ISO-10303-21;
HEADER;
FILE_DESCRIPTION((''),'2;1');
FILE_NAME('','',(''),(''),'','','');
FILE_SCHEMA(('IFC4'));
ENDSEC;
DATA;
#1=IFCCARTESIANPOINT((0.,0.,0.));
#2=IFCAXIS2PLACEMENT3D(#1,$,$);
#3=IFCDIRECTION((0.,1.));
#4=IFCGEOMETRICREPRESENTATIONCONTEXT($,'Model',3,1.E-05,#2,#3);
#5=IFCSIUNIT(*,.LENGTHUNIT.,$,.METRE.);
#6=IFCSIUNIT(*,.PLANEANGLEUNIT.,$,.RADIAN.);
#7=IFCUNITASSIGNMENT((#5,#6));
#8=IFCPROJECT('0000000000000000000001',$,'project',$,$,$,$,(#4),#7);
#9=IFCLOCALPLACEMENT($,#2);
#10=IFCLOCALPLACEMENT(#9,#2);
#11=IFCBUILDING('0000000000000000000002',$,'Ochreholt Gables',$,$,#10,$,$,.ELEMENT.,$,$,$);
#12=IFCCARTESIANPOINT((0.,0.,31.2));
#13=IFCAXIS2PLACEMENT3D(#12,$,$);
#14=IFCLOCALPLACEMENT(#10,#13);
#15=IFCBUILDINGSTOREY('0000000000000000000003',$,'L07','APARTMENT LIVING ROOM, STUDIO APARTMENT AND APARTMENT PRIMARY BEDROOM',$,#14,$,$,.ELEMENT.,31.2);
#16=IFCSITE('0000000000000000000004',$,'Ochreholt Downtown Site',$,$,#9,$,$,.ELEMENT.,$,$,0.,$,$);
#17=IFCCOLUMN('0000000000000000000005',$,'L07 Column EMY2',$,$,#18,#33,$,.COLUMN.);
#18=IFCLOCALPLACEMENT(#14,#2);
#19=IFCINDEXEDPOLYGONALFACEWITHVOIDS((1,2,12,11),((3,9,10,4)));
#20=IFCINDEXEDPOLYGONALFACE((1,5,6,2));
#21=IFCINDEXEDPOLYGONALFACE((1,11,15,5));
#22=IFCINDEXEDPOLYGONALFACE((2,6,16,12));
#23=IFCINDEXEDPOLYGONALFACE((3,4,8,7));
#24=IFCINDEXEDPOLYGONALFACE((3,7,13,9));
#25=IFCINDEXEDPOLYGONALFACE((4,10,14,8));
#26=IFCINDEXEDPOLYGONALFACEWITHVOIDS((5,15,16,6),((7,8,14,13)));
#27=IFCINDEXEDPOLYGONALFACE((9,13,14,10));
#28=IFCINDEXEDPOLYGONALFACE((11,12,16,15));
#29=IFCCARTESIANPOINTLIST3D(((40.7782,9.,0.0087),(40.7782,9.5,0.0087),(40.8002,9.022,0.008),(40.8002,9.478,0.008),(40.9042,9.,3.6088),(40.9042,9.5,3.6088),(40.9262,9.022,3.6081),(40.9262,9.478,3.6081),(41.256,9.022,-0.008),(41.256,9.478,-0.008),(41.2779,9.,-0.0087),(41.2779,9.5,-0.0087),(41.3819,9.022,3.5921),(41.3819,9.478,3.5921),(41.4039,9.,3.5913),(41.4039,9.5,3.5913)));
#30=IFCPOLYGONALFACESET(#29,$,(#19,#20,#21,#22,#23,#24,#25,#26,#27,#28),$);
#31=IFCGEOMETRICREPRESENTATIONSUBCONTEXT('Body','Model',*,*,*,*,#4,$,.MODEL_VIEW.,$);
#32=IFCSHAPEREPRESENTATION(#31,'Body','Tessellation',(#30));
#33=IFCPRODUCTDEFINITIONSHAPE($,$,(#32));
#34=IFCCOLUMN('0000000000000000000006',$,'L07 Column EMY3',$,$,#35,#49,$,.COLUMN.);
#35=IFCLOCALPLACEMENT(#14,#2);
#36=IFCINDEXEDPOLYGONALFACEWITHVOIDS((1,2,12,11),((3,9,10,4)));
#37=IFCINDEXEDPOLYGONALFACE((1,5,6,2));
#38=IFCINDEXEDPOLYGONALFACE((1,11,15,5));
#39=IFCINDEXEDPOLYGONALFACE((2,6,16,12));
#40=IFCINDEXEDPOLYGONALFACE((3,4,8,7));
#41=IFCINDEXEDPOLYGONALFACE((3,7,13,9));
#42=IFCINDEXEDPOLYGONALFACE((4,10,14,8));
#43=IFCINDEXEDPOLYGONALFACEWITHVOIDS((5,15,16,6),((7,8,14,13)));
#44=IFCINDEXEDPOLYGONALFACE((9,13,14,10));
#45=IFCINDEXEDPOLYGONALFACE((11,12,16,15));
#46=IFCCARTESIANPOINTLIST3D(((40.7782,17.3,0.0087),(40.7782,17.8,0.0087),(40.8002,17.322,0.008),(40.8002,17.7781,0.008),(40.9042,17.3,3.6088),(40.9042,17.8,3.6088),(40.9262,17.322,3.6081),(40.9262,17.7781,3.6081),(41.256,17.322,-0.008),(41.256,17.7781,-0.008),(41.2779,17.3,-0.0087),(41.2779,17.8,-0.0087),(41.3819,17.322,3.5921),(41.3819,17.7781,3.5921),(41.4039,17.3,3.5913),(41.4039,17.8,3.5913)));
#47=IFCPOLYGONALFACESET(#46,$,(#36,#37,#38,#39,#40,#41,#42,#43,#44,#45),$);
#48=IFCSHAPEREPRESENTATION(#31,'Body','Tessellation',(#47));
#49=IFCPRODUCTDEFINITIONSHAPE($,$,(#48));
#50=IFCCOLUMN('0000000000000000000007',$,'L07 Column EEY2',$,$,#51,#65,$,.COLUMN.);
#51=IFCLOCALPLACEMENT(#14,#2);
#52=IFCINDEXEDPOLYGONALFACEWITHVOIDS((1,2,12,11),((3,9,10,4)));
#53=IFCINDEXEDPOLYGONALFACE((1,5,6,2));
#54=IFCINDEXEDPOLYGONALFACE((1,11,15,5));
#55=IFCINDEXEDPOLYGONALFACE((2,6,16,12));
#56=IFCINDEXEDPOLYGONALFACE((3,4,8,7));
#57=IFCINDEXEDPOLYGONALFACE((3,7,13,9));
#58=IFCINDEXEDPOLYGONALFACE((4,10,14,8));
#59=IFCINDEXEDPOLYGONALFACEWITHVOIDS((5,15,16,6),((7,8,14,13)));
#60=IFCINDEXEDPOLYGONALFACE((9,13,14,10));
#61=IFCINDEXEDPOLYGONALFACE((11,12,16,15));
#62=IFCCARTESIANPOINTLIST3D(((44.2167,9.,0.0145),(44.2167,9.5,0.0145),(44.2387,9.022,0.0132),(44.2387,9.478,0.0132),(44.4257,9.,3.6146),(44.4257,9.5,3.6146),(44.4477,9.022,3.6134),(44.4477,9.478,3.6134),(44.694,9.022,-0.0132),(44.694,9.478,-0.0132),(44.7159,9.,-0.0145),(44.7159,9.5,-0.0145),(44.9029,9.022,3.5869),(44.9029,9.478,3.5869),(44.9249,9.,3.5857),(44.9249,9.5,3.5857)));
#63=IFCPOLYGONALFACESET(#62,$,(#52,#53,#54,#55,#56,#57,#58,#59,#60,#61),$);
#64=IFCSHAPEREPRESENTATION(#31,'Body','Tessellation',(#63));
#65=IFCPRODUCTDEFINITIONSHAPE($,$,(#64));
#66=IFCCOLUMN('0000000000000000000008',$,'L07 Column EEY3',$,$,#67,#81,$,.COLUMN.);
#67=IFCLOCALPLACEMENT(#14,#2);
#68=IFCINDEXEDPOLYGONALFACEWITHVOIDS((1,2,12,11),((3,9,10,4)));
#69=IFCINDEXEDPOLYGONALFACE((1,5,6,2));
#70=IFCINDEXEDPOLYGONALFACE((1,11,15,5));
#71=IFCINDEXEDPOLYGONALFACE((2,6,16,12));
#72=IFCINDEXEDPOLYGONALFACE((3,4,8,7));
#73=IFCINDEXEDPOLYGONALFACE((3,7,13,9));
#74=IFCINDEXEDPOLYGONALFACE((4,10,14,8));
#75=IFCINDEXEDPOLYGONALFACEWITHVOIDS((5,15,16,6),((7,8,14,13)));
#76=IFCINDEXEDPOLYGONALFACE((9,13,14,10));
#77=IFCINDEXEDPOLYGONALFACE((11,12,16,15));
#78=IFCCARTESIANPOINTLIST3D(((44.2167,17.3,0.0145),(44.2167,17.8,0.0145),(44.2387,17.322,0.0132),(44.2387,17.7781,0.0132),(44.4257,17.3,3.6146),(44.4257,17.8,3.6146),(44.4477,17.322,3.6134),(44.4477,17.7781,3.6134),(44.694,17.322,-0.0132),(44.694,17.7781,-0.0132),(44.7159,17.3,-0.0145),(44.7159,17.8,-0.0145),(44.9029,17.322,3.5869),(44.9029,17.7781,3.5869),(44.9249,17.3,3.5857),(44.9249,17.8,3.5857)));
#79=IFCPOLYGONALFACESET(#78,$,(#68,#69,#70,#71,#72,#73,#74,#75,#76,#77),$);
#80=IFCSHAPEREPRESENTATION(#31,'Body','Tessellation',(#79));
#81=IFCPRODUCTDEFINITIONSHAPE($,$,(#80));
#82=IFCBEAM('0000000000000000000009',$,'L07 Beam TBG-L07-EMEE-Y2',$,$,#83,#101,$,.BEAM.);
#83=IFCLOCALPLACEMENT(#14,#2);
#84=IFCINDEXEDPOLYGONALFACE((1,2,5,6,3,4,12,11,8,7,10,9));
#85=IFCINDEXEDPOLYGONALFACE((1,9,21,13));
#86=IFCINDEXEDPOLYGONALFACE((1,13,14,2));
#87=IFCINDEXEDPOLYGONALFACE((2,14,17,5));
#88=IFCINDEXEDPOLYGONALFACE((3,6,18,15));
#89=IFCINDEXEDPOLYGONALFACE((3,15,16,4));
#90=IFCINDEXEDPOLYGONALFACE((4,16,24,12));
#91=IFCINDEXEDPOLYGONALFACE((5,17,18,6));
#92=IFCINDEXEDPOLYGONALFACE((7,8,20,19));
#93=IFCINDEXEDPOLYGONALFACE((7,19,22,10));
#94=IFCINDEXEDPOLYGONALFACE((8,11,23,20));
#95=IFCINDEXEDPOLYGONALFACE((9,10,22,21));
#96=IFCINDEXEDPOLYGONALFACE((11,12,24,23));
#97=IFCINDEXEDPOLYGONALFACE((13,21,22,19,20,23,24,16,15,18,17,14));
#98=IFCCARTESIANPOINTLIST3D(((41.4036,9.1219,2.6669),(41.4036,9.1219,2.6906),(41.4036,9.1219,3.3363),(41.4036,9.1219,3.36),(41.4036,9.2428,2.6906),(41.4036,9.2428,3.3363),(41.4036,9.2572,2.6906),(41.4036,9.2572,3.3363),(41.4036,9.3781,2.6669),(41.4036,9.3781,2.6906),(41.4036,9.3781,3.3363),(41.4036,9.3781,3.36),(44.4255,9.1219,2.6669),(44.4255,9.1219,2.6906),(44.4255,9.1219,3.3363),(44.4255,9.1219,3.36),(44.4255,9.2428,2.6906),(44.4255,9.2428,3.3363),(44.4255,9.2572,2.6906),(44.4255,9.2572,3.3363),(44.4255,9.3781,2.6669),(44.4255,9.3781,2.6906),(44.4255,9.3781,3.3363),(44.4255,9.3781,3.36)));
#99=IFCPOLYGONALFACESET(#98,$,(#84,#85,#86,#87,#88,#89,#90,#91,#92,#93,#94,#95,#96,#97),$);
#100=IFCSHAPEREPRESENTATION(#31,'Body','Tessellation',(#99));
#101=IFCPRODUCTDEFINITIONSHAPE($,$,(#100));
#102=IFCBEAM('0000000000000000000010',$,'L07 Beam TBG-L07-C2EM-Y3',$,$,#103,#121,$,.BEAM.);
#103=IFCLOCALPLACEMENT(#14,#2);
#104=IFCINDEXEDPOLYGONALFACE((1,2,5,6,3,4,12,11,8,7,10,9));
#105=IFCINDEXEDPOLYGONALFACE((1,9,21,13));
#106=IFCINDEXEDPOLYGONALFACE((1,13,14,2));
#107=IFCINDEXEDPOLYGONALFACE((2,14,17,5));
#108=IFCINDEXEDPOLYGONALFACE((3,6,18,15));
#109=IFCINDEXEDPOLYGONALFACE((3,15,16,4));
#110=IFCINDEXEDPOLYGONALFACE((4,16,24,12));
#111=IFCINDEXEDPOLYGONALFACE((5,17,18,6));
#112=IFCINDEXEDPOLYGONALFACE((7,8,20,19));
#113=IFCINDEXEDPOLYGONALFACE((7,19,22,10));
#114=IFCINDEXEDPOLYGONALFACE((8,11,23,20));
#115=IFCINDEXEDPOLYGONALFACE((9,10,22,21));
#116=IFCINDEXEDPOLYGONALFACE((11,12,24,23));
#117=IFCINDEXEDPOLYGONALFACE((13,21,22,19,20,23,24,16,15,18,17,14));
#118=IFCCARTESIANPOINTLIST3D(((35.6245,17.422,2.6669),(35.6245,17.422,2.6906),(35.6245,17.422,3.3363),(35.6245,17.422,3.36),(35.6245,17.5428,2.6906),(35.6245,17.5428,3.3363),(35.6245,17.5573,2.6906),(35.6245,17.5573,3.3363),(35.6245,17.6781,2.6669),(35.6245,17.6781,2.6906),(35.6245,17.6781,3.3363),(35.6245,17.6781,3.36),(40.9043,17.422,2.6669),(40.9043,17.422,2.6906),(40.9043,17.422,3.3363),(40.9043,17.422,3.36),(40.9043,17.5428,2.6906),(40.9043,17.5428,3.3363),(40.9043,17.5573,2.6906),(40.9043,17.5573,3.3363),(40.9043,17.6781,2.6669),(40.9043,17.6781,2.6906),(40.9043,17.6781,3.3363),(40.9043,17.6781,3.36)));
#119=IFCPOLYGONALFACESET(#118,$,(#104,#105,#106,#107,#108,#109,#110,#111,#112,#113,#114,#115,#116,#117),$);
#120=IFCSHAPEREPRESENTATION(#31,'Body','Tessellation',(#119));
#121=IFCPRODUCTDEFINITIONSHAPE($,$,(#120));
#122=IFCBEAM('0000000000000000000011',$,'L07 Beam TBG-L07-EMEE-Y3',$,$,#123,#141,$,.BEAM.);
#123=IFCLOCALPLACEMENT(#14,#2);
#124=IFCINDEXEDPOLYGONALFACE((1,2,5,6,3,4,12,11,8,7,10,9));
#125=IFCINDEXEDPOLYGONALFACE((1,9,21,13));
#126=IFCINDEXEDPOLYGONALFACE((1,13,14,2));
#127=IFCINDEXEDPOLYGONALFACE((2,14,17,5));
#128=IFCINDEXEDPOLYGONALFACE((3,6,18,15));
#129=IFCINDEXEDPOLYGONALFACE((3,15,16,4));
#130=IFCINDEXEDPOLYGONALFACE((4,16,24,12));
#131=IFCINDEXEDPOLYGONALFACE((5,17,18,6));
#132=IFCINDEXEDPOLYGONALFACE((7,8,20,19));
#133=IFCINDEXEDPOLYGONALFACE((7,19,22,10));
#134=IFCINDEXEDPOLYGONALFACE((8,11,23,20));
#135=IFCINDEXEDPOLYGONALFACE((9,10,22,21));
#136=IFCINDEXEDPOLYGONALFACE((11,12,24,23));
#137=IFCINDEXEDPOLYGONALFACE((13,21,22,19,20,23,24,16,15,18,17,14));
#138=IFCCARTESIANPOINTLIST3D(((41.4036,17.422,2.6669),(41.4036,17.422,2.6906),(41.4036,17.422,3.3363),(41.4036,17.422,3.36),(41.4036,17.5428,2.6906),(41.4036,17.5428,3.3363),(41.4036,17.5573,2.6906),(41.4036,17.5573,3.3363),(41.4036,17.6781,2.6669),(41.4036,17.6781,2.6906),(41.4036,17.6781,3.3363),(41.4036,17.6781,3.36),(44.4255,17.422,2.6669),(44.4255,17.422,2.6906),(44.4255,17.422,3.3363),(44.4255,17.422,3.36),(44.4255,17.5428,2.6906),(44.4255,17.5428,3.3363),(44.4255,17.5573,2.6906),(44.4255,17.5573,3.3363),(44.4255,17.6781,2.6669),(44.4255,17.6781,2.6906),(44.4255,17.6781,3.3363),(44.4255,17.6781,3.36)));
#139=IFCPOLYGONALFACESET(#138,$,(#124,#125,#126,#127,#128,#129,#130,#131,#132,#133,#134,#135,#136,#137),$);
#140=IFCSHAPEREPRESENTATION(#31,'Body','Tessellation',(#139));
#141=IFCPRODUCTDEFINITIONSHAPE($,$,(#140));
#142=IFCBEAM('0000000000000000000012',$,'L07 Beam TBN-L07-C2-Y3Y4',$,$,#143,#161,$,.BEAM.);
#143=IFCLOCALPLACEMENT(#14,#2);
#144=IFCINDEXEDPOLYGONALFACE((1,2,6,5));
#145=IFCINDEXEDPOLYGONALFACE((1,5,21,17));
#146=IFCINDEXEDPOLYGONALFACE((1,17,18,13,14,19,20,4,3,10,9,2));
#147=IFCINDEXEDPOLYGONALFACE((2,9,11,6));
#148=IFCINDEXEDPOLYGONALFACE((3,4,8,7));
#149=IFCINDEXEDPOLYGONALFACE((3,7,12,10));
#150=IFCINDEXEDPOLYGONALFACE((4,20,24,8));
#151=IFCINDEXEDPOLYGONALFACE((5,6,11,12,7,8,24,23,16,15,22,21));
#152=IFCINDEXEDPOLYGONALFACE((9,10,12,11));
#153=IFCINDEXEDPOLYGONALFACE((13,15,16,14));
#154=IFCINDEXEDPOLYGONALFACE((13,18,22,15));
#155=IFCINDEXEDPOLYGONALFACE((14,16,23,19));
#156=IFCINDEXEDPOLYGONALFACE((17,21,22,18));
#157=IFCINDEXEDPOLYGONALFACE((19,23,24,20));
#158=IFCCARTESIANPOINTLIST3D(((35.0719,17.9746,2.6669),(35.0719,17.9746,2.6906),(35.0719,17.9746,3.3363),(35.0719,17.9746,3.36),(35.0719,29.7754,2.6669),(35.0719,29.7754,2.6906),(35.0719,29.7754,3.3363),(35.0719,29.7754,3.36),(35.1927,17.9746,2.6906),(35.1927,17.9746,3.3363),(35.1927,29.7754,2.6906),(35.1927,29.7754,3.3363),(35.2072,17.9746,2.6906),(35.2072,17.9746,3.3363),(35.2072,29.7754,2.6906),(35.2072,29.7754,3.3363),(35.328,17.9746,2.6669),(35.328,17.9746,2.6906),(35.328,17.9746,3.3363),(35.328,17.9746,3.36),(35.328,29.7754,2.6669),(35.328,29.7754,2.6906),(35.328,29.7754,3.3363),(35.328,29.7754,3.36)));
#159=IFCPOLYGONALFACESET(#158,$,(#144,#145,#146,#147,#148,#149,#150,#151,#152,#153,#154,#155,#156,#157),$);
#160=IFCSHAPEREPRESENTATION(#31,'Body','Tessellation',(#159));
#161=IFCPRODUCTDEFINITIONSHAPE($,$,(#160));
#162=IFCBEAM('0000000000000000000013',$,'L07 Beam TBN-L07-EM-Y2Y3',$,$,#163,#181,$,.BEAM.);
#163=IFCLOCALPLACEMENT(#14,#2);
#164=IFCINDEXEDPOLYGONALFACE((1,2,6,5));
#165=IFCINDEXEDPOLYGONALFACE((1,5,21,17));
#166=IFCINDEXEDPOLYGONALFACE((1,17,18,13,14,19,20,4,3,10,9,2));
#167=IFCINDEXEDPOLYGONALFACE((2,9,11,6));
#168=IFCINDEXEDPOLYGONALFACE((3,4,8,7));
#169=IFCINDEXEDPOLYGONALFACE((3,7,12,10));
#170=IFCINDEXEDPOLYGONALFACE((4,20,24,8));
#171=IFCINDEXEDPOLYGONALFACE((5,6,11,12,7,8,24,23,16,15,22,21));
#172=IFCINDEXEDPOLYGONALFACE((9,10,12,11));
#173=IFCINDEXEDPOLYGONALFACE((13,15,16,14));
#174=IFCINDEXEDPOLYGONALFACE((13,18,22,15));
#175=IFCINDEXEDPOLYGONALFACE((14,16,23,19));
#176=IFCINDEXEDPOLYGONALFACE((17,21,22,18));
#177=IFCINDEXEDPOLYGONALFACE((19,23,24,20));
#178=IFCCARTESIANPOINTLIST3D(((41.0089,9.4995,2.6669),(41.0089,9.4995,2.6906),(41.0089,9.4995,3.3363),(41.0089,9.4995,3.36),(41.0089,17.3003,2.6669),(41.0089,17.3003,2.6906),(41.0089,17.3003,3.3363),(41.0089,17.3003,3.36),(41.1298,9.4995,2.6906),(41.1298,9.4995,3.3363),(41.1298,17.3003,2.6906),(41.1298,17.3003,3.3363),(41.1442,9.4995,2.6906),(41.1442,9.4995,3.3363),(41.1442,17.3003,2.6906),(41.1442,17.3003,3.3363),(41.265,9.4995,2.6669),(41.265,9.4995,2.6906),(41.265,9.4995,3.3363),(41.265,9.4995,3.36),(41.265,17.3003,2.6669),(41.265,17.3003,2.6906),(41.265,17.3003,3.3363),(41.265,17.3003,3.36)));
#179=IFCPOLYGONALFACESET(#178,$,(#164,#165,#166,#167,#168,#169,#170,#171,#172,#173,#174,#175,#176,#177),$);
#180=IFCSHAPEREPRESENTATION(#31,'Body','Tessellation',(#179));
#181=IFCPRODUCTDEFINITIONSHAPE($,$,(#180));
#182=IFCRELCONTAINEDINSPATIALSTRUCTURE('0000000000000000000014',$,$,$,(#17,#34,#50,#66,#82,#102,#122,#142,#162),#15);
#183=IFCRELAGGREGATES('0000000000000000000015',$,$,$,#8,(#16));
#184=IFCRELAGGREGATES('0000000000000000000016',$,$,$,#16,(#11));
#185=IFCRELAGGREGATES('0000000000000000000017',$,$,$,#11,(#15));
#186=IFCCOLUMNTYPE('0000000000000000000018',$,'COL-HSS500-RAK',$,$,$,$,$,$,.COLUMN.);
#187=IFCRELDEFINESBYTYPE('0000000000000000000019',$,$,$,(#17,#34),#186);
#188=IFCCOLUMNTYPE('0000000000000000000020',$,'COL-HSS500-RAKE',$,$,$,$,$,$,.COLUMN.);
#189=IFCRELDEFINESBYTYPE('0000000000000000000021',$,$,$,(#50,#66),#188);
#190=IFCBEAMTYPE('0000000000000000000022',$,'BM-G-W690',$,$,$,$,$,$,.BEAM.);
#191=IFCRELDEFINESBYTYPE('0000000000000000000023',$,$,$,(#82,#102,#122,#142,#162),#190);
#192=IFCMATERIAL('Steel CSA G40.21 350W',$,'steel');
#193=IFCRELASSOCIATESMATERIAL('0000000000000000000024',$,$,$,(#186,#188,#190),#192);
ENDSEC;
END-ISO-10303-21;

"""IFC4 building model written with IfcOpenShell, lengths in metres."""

from ifc_helpers import new_model, si_unit, direction, frame, origin, origin_2d, place, context, subcontext, project, spatial, hollow_rectangle, i_section, extrude, material, material_profile, profile_set, type_object, element, save


model = new_model("IFC4")

# Units and contexts
model_context = context("Model", 3, precision=1e-05, world=origin(), true_north=direction((0.0, 1.0)))
body_context = subcontext(model_context, "Body", "Model", "MODEL_VIEW")
ifc_project = project(units=[si_unit("LENGTHUNIT", "METRE"), si_unit("PLANEANGLEUNIT", "RADIAN")], contexts=[model_context])

# Site, building, storey
site_placement = place(None, origin())
site = spatial("IfcSite", under=ifc_project, at=site_placement, Name="Ochreholt Downtown Site", CompositionType="ELEMENT", RefElevation=0.0)
building_placement = place(site_placement, origin())
building = spatial("IfcBuilding", under=site, at=building_placement, Name="Ochreholt Gables", CompositionType="ELEMENT")
storey_placement = place(building_placement, frame((0.0, 0.0, 31.2)))
storey = spatial("IfcBuildingStorey", under=building, at=storey_placement, Name="L07", Description="APARTMENT LIVING ROOM, STUDIO APARTMENT AND APARTMENT PRIMARY BEDROOM", CompositionType="ELEMENT", Elevation=31.2)

# Columns
ifc_material_1 = material(Name="Steel CSA G40.21 350W", Category="steel")
ifc_material_profile_1 = material_profile(ifc_material_1, hollow_rectangle(XDim=0.5, YDim=0.5, WallThickness=0.022, at=origin_2d()), Name="HSS500X500X22")
ifc_profile_set_1 = profile_set([ifc_material_profile_1], Name="Steel CSA G40.21 350W")
column_type_1 = type_object("IfcColumnType", Name="COL-HSS500-RAK", PredefinedType="COLUMN", material=ifc_profile_set_1)
for number, where, z_axis, x_axis, name in (
    (1, (41.0281, 9.25, 0.0), (0.034971, 0.0, 0.999388), (0.0, 1.0, 0.0), "L07 Column EMY2"),
    (2, (41.0281, 17.55, 0.0), (0.034971, 0.0, 0.999388), (0.0, 1.0, 0.0), "L07 Column EMY3"),
):
    element("IfcColumn", number, at=place(storey_placement, frame(where, z_axis=z_axis, x_axis=x_axis)), inside=storey, type_object=column_type_1, Name=name, PredefinedType="COLUMN", context=body_context, shape_type="SweptSolid", body=[
        extrude(hollow_rectangle(XDim=0.5, YDim=0.5, WallThickness=0.022, at=origin_2d()), origin(), (0.0, 0.0, 1.0), 3.6023),
    ])
ifc_material_profile_2 = material_profile(ifc_material_1, hollow_rectangle(XDim=0.5, YDim=0.5, WallThickness=0.022, at=origin_2d()), Name="HSS500X500X22")
ifc_profile_set_2 = profile_set([ifc_material_profile_2], Name="Steel CSA G40.21 350W")
column_type_2 = type_object("IfcColumnType", Name="COL-HSS500-RAKE", PredefinedType="COLUMN", material=ifc_profile_set_2)
for number, where, z_axis, x_axis, name in (
    (3, (44.4663, 9.25, 0.0), (0.057952, 0.0, 0.998319), (0.0, 1.0, 0.0), "L07 Column EEY2"),
    (4, (44.4663, 17.55, 0.0), (0.057952, 0.0, 0.998319), (0.0, 1.0, 0.0), "L07 Column EEY3"),
):
    element("IfcColumn", number, at=place(storey_placement, frame(where, z_axis=z_axis, x_axis=x_axis)), inside=storey, type_object=column_type_2, Name=name, PredefinedType="COLUMN", context=body_context, shape_type="SweptSolid", body=[
        extrude(hollow_rectangle(XDim=0.5, YDim=0.5, WallThickness=0.022, at=origin_2d()), origin(), (0.0, 0.0, 1.0), 3.6062),
    ])

# Beams
ifc_material_profile_3 = material_profile(ifc_material_1, i_section(OverallWidth=0.2561, OverallDepth=0.6931, WebThickness=0.0144, FlangeThickness=0.0237, at=origin_2d()), Name="W690X170")
ifc_profile_set_3 = profile_set([ifc_material_profile_3], Name="Steel CSA G40.21 350W")
beam_type_1 = type_object("IfcBeamType", Name="BM-G-W690", PredefinedType="BEAM", material=ifc_profile_set_3)
beam_1_placement = place(storey_placement, frame((41.4036, 9.25, 3.0134), z_axis=(1.0, 0.0, 0.0), x_axis=(0.0, 1.0, 0.0)))
element("IfcBeam", 5, at=beam_1_placement, inside=storey, type_object=beam_type_1, Name="L07 Beam TBG-L07-EMEE-Y2", PredefinedType="BEAM", context=body_context, shape_type="SweptSolid", body=[
    extrude(i_section(OverallWidth=0.2561, OverallDepth=0.6931, WebThickness=0.0144, FlangeThickness=0.0237, at=origin_2d()), origin(), (0.0, 0.0, 1.0), 3.022),
])
beam_2_placement = place(storey_placement, frame((35.6245, 17.55, 3.0134), z_axis=(1.0, 0.0, 0.0), x_axis=(0.0, 1.0, 0.0)))
element("IfcBeam", 6, at=beam_2_placement, inside=storey, type_object=beam_type_1, Name="L07 Beam TBG-L07-C2EM-Y3", PredefinedType="BEAM", context=body_context, shape_type="SweptSolid", body=[
    extrude(i_section(OverallWidth=0.2561, OverallDepth=0.6931, WebThickness=0.0144, FlangeThickness=0.0237, at=origin_2d()), origin(), (0.0, 0.0, 1.0), 5.2798),
])
beam_3_placement = place(storey_placement, frame((41.4036, 17.55, 3.0134), z_axis=(1.0, 0.0, 0.0), x_axis=(0.0, 1.0, 0.0)))
element("IfcBeam", 7, at=beam_3_placement, inside=storey, type_object=beam_type_1, Name="L07 Beam TBG-L07-EMEE-Y3", PredefinedType="BEAM", context=body_context, shape_type="SweptSolid", body=[
    extrude(i_section(OverallWidth=0.2561, OverallDepth=0.6931, WebThickness=0.0144, FlangeThickness=0.0237, at=origin_2d()), origin(), (0.0, 0.0, 1.0), 3.022),
])
beam_4_placement = place(storey_placement, frame((35.2, 17.9746, 3.0134), z_axis=(0.0, 1.0, 0.0), x_axis=(-1.0, 0.0, 0.0)))
element("IfcBeam", 8, at=beam_4_placement, inside=storey, type_object=beam_type_1, Name="L07 Beam TBN-L07-C2-Y3Y4", PredefinedType="BEAM", context=body_context, shape_type="SweptSolid", body=[
    extrude(i_section(OverallWidth=0.2561, OverallDepth=0.6931, WebThickness=0.0144, FlangeThickness=0.0237, at=origin_2d()), origin(), (0.0, 0.0, 1.0), 11.8008),
])
beam_5_placement = place(storey_placement, frame((41.137, 9.4995, 3.0134), z_axis=(0.0, 1.0, 0.0), x_axis=(-1.0, 0.0, 0.0)))
element("IfcBeam", 9, at=beam_5_placement, inside=storey, type_object=beam_type_1, Name="L07 Beam TBN-L07-EM-Y2Y3", PredefinedType="BEAM", context=body_context, shape_type="SweptSolid", body=[
    extrude(i_section(OverallWidth=0.2561, OverallDepth=0.6931, WebThickness=0.0144, FlangeThickness=0.0237, at=origin_2d()), origin(), (0.0, 0.0, 1.0), 7.8008),
])

save(model, "model.ifc")
